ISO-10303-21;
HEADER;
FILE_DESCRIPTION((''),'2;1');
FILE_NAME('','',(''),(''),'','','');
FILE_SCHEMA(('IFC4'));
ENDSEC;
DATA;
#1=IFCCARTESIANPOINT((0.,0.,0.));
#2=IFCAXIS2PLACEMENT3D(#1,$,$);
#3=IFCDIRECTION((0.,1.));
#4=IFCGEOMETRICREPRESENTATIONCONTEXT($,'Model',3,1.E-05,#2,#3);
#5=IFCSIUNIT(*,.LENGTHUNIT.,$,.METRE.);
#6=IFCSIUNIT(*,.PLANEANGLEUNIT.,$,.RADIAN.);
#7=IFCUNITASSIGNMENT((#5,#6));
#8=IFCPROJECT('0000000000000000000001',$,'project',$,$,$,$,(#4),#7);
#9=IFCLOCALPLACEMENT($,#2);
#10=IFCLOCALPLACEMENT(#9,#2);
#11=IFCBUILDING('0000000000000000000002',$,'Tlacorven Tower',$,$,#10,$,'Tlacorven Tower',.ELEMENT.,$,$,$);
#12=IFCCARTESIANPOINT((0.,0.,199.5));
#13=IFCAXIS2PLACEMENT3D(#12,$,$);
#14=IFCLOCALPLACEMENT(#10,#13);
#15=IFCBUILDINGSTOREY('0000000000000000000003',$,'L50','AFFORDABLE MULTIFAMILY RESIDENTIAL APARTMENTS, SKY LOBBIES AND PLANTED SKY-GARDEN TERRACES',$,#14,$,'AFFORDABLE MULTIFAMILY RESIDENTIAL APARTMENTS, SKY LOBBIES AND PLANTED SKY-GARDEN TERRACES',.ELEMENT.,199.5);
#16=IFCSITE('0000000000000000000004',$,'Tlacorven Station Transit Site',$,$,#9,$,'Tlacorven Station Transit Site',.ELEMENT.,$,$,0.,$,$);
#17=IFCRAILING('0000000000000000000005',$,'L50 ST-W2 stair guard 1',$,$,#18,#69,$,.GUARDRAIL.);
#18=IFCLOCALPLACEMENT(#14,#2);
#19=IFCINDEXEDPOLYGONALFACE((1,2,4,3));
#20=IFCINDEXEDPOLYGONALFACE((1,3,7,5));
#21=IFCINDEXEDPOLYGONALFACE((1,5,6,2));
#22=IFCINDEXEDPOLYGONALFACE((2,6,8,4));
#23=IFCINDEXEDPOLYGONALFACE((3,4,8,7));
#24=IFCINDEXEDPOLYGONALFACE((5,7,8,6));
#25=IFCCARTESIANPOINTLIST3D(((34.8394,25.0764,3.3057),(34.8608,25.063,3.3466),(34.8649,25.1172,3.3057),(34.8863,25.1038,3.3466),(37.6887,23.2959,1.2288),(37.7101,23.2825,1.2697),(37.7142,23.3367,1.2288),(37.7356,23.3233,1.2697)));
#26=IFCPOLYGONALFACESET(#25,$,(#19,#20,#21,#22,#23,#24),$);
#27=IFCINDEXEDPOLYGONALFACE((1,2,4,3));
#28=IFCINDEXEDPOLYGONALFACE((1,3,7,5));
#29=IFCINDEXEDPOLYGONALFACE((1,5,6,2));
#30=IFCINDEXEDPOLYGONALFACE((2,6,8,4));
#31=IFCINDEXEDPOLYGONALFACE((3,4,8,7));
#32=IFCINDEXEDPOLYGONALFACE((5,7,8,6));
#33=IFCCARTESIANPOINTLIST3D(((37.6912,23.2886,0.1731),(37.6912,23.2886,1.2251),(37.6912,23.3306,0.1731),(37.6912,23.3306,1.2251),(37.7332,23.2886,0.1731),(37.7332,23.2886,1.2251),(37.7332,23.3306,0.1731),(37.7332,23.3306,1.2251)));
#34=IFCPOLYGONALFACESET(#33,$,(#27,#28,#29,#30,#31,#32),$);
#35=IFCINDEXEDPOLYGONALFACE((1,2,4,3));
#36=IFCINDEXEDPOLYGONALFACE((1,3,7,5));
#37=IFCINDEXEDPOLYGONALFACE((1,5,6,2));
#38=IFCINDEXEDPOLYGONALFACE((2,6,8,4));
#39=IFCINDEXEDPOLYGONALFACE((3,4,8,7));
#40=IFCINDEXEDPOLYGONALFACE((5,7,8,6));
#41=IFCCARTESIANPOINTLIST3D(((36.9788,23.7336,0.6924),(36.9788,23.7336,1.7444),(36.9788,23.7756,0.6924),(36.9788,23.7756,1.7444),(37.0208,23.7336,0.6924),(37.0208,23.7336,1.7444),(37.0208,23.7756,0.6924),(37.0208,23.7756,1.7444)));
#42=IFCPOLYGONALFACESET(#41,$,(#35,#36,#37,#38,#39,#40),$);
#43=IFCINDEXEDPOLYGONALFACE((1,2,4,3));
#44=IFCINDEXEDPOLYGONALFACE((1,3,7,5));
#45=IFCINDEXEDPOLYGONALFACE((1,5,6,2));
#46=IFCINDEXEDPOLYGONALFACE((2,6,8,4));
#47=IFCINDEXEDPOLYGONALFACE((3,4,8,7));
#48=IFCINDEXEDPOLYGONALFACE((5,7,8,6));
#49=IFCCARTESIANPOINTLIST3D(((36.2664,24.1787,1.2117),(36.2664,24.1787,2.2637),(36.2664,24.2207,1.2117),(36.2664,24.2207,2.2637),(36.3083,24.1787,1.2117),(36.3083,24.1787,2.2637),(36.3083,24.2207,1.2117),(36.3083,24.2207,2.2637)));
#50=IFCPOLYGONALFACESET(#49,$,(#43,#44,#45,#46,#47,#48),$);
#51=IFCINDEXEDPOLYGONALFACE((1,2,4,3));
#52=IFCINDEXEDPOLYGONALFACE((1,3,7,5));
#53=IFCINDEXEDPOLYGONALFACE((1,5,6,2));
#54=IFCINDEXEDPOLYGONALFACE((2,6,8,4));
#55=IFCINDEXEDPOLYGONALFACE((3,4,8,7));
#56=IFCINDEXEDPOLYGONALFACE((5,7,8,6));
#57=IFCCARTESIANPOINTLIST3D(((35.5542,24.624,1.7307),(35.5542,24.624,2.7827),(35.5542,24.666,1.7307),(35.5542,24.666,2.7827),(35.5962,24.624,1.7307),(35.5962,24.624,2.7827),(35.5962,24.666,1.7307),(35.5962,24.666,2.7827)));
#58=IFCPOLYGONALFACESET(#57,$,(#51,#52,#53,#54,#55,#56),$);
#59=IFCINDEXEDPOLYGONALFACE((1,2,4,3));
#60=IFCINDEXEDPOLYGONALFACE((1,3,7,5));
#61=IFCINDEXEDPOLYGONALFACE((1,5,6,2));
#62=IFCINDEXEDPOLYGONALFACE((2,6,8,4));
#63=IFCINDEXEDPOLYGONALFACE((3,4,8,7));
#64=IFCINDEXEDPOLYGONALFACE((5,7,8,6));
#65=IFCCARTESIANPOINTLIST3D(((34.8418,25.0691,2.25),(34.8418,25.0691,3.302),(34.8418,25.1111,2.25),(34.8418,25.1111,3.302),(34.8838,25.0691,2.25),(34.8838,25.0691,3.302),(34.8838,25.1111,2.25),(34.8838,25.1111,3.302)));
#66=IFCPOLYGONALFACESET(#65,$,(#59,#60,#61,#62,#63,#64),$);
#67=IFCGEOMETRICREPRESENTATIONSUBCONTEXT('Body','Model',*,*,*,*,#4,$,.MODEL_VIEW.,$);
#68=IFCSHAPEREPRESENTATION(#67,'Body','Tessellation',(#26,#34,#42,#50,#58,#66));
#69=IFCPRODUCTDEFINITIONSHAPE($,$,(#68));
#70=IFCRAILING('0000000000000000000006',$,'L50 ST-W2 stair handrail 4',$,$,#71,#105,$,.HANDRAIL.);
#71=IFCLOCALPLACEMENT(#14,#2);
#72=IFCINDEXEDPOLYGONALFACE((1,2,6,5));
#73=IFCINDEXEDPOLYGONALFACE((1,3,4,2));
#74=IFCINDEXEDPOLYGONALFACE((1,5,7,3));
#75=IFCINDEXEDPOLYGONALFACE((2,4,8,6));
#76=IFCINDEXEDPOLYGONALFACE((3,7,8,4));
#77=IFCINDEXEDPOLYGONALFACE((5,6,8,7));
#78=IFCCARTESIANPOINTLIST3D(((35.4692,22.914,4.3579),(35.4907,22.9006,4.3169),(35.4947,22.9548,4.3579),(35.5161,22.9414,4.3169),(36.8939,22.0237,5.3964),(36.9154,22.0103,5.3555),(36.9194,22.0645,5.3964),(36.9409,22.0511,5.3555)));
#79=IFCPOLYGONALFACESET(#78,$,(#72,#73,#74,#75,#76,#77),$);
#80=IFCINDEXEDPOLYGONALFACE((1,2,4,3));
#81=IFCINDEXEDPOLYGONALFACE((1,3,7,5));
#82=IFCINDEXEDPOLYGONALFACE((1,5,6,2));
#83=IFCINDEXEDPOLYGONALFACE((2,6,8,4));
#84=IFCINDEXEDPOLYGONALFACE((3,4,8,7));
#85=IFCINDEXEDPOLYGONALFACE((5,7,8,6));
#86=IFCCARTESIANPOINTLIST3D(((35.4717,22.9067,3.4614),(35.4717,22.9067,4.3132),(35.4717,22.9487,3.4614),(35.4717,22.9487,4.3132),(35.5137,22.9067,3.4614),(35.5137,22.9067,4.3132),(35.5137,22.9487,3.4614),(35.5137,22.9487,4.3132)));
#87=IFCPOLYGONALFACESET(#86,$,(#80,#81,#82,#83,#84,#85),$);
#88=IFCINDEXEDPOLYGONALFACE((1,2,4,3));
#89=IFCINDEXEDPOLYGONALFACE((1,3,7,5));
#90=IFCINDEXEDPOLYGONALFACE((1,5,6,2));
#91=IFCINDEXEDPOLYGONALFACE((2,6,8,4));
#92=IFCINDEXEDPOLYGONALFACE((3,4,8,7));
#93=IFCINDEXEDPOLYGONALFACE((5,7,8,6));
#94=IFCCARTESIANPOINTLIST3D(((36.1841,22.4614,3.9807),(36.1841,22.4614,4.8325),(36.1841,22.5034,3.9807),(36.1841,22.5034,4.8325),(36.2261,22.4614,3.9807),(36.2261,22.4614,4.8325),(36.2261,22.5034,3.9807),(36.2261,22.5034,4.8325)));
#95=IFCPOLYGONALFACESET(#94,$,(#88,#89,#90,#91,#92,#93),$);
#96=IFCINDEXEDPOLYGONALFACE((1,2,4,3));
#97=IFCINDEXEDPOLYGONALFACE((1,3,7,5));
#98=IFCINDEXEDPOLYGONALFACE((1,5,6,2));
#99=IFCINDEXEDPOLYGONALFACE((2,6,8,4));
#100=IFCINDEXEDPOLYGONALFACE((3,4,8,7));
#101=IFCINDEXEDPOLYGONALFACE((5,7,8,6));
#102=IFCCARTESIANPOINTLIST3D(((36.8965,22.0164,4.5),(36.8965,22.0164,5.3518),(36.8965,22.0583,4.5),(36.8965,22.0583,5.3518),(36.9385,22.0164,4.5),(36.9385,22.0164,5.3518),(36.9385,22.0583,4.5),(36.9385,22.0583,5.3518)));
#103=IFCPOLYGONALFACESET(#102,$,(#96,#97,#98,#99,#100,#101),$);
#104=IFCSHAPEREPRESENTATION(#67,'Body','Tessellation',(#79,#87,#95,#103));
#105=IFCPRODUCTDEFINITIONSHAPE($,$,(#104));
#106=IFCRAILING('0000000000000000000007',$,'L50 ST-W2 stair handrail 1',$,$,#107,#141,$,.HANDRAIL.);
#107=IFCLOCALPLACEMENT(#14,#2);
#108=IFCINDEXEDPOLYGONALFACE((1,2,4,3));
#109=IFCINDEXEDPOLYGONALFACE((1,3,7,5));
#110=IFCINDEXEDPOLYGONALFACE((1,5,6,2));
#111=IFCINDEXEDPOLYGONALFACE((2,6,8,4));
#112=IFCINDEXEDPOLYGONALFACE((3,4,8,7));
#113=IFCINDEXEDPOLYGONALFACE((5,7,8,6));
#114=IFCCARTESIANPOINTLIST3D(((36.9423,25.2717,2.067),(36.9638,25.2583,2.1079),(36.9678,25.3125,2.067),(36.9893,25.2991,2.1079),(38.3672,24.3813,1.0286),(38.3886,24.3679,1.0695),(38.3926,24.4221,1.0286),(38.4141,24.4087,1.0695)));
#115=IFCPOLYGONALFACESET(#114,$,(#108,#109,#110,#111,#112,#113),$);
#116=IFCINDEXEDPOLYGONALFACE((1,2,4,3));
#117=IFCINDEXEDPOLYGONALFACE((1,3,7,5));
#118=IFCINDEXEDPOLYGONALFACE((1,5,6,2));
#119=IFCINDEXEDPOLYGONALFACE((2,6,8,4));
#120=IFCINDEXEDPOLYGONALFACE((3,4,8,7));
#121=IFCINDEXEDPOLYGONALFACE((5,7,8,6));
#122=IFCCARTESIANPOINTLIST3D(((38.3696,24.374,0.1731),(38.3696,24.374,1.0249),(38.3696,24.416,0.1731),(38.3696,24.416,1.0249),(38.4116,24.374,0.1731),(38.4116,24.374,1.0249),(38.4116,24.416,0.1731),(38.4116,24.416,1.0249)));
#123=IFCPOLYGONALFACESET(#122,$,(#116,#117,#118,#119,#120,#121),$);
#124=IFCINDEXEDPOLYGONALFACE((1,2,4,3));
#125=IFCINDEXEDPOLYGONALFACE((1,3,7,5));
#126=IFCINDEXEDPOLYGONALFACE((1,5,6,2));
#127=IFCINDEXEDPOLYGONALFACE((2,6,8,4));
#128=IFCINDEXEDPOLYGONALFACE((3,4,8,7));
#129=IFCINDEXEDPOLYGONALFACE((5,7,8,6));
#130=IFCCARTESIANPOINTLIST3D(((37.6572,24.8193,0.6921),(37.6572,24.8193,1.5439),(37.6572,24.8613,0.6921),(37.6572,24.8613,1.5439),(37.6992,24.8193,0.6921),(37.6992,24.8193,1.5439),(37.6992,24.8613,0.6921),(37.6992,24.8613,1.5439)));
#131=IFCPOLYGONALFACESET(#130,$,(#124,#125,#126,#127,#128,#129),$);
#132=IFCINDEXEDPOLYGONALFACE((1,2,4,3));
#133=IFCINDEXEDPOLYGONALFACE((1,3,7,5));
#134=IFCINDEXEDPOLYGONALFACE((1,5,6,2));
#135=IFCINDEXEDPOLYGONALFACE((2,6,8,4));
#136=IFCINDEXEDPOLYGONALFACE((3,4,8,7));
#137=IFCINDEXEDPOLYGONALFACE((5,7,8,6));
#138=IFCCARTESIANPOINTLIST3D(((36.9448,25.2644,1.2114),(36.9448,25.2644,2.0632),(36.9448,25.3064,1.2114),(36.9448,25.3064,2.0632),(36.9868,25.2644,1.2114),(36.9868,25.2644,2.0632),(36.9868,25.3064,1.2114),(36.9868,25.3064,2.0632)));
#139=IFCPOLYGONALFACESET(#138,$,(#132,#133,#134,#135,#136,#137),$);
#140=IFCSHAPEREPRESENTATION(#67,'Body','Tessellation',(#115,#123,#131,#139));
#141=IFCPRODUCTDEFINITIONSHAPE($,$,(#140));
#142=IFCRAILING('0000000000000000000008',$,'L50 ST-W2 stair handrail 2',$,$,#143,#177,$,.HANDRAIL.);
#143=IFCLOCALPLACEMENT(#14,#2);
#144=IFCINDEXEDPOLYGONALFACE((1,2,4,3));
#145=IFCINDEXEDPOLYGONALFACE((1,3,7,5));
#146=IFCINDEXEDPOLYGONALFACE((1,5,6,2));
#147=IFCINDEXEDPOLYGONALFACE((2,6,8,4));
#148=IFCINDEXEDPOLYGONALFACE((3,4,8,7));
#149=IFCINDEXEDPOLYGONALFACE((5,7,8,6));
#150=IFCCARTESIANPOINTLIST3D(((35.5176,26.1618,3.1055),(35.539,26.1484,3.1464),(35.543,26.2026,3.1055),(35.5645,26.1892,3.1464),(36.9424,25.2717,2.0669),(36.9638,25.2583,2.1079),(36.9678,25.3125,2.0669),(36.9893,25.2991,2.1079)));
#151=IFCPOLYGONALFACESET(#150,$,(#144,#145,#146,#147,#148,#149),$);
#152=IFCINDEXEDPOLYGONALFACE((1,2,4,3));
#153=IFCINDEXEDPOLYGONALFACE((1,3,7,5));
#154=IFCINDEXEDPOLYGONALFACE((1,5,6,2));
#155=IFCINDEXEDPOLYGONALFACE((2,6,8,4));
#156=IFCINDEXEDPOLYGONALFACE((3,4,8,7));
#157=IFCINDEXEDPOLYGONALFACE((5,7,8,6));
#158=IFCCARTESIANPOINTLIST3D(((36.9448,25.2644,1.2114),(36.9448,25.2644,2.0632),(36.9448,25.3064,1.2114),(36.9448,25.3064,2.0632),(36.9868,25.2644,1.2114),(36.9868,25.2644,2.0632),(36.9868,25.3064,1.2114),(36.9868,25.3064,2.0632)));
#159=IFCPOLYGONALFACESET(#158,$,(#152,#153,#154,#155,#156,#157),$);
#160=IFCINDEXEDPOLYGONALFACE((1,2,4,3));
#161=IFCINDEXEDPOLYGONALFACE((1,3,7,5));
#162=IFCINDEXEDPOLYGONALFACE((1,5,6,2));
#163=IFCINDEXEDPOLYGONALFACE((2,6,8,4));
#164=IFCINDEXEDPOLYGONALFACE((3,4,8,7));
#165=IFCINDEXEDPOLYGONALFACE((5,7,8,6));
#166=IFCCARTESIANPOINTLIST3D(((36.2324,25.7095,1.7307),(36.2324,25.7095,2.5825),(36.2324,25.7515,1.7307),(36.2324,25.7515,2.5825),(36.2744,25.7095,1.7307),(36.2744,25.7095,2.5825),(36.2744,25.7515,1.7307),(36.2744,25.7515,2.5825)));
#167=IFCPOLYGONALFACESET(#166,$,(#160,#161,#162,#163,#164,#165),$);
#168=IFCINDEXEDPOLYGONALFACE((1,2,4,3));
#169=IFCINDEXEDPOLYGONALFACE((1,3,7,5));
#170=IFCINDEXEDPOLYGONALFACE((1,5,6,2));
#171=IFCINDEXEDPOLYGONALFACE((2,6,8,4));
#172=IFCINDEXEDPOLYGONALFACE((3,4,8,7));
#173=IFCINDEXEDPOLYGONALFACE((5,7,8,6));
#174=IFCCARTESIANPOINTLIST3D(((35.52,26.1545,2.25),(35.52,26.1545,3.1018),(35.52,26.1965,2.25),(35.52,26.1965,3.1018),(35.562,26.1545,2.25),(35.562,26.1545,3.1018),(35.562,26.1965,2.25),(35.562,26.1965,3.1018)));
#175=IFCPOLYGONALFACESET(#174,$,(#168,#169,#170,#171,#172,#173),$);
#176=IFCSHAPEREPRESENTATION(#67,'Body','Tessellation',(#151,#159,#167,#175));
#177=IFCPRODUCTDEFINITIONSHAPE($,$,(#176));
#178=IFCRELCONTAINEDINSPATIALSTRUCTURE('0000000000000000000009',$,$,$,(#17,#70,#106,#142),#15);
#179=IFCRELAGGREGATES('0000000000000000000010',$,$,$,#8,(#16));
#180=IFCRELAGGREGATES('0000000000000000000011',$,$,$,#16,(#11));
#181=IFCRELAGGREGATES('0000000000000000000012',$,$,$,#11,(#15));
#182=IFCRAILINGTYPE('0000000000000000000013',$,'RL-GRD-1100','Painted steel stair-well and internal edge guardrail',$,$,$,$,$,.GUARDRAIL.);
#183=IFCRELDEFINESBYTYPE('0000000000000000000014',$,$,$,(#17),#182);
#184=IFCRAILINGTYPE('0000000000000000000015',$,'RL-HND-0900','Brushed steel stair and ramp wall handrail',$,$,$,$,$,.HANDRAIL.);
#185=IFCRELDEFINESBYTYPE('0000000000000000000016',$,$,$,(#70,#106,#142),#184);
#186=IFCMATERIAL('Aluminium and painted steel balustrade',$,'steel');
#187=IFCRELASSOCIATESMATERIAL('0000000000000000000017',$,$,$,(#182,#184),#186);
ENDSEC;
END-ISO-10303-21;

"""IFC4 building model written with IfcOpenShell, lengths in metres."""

from ifc_helpers import new_model, si_unit, direction, frame, origin, origin_2d, place, context, subcontext, project, spatial, rectangle, extrude, source, transform, mapped, material, type_object, element, save


model = new_model("IFC4")

# Units and contexts
model_context = context("Model", 3, precision=1e-05, world=origin(), true_north=direction((0.0, 1.0)))
body_context = subcontext(model_context, "Body", "Model", "MODEL_VIEW")
ifc_project = project(units=[si_unit("LENGTHUNIT", "METRE"), si_unit("PLANEANGLEUNIT", "RADIAN")], contexts=[model_context])

# Site, building, storey
site_placement = place(None, origin())
site = spatial("IfcSite", under=ifc_project, at=site_placement, Name="Tlacorven Station Transit Site", LongName="Tlacorven Station Transit Site", CompositionType="ELEMENT", RefElevation=0.0)
building_placement = place(site_placement, origin())
building = spatial("IfcBuilding", under=site, at=building_placement, Name="Tlacorven Tower", LongName="Tlacorven Tower", CompositionType="ELEMENT")
storey_placement = place(building_placement, frame((0.0, 0.0, 199.5)))
storey = spatial("IfcBuildingStorey", under=building, at=storey_placement, Name="L50", Description="AFFORDABLE MULTIFAMILY RESIDENTIAL APARTMENTS, SKY LOBBIES AND PLANTED SKY-GARDEN TERRACES", LongName="AFFORDABLE MULTIFAMILY RESIDENTIAL APARTMENTS, SKY LOBBIES AND PLANTED SKY-GARDEN TERRACES", CompositionType="ELEMENT", Elevation=199.5)

# Railings
ifc_material_1 = material(Name="Aluminium and painted steel balustrade", Category="steel")
railing_type_1 = type_object("IfcRailingType", Name="RL-GRD-1100", Description="Painted steel stair-well and internal edge guardrail", PredefinedType="GUARDRAIL", material=ifc_material_1)
shared_shape_1 = source(origin(), body_context, "Body", "SweptSolid", [
    extrude(rectangle(XDim=0.0481, YDim=0.0481, at=origin_2d()), frame((0.0, 0.0, 1.0762), z_axis=(-0.721355, 0.450762, 0.525796), x_axis=(-0.529927, -0.848043, 0.0)), (0.0, 0.0, 1.0), 3.95),
    extrude(rectangle(XDim=0.042, YDim=0.042, at=origin_2d()), origin(), (0.0, 0.0, 1.0), 1.052),
    extrude(rectangle(XDim=0.042, YDim=0.042, at=origin_2d()), frame((-0.7124, 0.4451, 0.5193)), (0.0, 0.0, 1.0), 1.052),
    extrude(rectangle(XDim=0.042, YDim=0.042, at=origin_2d()), frame((-1.4248, 0.8901, 1.0386)), (0.0, 0.0, 1.0), 1.052),
    extrude(rectangle(XDim=0.042, YDim=0.042, at=origin_2d()), frame((-2.137, 1.3354, 1.5576)), (0.0, 0.0, 1.0), 1.052),
    extrude(rectangle(XDim=0.042, YDim=0.042, at=origin_2d()), frame((-2.8494, 1.7805, 2.0769)), (0.0, 0.0, 1.0), 1.052),
])
railing_1_placement = place(storey_placement, frame((37.7122, 23.3096, 0.1731)))
element("IfcRailing", 1, at=railing_1_placement, inside=storey, type_object=railing_type_1, Name="L50 ST-W2 stair guard 1", PredefinedType="GUARDRAIL", context=body_context, shape_type="MappedRepresentation", body=[
    mapped(shared_shape_1, transform((0.0, 0.0, 0.0), scale=1.0)),
])
railing_type_2 = type_object("IfcRailingType", Name="RL-HND-0900", Description="Brushed steel stair and ramp wall handrail", PredefinedType="HANDRAIL", material=ifc_material_1)
shared_shape_2 = source(origin(), body_context, "Body", "SweptSolid", [
    extrude(rectangle(XDim=0.0481, YDim=0.0481, at=origin_2d()), frame((0.0, 0.0, 0.876), z_axis=(0.721341, -0.450776, 0.525803), x_axis=(0.529947, 0.848031, 0.0)), (0.0, 0.0, 1.0), 1.9751),
    extrude(rectangle(XDim=0.042, YDim=0.042, at=origin_2d()), origin(), (0.0, 0.0, 1.0), 0.8518),
    extrude(rectangle(XDim=0.042, YDim=0.042, at=origin_2d()), frame((0.7124, -0.4453, 0.5193)), (0.0, 0.0, 1.0), 0.8518),
    extrude(rectangle(XDim=0.042, YDim=0.042, at=origin_2d()), frame((1.4248, -0.8904, 1.0386)), (0.0, 0.0, 1.0), 0.8518),
])
railing_2_placement = place(storey_placement, frame((35.4927, 22.9277, 3.4614)))
element("IfcRailing", 2, at=railing_2_placement, inside=storey, type_object=railing_type_2, Name="L50 ST-W2 stair handrail 4", PredefinedType="HANDRAIL", context=body_context, shape_type="MappedRepresentation", body=[
    mapped(shared_shape_2, transform((0.0, 0.0, 0.0), scale=1.0)),
])
shared_shape_3 = source(origin(), body_context, "Body", "SweptSolid", [
    extrude(rectangle(XDim=0.0481, YDim=0.0481, at=origin_2d()), frame((0.0, 0.0, 0.876), z_axis=(-0.721388, 0.450805, 0.525713), x_axis=(-0.529947, -0.848031, 0.0)), (0.0, 0.0, 1.0), 1.9751),
    extrude(rectangle(XDim=0.042, YDim=0.042, at=origin_2d()), origin(), (0.0, 0.0, 1.0), 0.8518),
    extrude(rectangle(XDim=0.042, YDim=0.042, at=origin_2d()), frame((-0.7124, 0.4453, 0.519)), (0.0, 0.0, 1.0), 0.8518),
    extrude(rectangle(XDim=0.042, YDim=0.042, at=origin_2d()), frame((-1.4248, 0.8904, 1.0383)), (0.0, 0.0, 1.0), 0.8518),
])
railing_3_placement = place(storey_placement, frame((38.3906, 24.395, 0.1731)))
element("IfcRailing", 3, at=railing_3_placement, inside=storey, type_object=railing_type_2, Name="L50 ST-W2 stair handrail 1", PredefinedType="HANDRAIL", context=body_context, shape_type="MappedRepresentation", body=[
    mapped(shared_shape_3, transform((0.0, 0.0, 0.0), scale=1.0)),
])
shared_shape_4 = source(origin(), body_context, "Body", "SweptSolid", [
    extrude(rectangle(XDim=0.0481, YDim=0.0481, at=origin_2d()), frame((0.0, 0.0, 0.876), z_axis=(-0.721381, 0.450678, 0.525832), x_axis=(-0.529842, -0.848096, 0.0)), (0.0, 0.0, 1.0), 1.9751),
    extrude(rectangle(XDim=0.042, YDim=0.042, at=origin_2d()), origin(), (0.0, 0.0, 1.0), 0.8518),
    extrude(rectangle(XDim=0.042, YDim=0.042, at=origin_2d()), frame((-0.7124, 0.4451, 0.5193)), (0.0, 0.0, 1.0), 0.8518),
    extrude(rectangle(XDim=0.042, YDim=0.042, at=origin_2d()), frame((-1.4248, 0.8901, 1.0386)), (0.0, 0.0, 1.0), 0.8518),
])
railing_4_placement = place(storey_placement, frame((36.9658, 25.2854, 1.2114)))
element("IfcRailing", 4, at=railing_4_placement, inside=storey, type_object=railing_type_2, Name="L50 ST-W2 stair handrail 2", PredefinedType="HANDRAIL", context=body_context, shape_type="MappedRepresentation", body=[
    mapped(shared_shape_4, transform((0.0, 0.0, 0.0), scale=1.0)),
])

save(model, "model.ifc")
